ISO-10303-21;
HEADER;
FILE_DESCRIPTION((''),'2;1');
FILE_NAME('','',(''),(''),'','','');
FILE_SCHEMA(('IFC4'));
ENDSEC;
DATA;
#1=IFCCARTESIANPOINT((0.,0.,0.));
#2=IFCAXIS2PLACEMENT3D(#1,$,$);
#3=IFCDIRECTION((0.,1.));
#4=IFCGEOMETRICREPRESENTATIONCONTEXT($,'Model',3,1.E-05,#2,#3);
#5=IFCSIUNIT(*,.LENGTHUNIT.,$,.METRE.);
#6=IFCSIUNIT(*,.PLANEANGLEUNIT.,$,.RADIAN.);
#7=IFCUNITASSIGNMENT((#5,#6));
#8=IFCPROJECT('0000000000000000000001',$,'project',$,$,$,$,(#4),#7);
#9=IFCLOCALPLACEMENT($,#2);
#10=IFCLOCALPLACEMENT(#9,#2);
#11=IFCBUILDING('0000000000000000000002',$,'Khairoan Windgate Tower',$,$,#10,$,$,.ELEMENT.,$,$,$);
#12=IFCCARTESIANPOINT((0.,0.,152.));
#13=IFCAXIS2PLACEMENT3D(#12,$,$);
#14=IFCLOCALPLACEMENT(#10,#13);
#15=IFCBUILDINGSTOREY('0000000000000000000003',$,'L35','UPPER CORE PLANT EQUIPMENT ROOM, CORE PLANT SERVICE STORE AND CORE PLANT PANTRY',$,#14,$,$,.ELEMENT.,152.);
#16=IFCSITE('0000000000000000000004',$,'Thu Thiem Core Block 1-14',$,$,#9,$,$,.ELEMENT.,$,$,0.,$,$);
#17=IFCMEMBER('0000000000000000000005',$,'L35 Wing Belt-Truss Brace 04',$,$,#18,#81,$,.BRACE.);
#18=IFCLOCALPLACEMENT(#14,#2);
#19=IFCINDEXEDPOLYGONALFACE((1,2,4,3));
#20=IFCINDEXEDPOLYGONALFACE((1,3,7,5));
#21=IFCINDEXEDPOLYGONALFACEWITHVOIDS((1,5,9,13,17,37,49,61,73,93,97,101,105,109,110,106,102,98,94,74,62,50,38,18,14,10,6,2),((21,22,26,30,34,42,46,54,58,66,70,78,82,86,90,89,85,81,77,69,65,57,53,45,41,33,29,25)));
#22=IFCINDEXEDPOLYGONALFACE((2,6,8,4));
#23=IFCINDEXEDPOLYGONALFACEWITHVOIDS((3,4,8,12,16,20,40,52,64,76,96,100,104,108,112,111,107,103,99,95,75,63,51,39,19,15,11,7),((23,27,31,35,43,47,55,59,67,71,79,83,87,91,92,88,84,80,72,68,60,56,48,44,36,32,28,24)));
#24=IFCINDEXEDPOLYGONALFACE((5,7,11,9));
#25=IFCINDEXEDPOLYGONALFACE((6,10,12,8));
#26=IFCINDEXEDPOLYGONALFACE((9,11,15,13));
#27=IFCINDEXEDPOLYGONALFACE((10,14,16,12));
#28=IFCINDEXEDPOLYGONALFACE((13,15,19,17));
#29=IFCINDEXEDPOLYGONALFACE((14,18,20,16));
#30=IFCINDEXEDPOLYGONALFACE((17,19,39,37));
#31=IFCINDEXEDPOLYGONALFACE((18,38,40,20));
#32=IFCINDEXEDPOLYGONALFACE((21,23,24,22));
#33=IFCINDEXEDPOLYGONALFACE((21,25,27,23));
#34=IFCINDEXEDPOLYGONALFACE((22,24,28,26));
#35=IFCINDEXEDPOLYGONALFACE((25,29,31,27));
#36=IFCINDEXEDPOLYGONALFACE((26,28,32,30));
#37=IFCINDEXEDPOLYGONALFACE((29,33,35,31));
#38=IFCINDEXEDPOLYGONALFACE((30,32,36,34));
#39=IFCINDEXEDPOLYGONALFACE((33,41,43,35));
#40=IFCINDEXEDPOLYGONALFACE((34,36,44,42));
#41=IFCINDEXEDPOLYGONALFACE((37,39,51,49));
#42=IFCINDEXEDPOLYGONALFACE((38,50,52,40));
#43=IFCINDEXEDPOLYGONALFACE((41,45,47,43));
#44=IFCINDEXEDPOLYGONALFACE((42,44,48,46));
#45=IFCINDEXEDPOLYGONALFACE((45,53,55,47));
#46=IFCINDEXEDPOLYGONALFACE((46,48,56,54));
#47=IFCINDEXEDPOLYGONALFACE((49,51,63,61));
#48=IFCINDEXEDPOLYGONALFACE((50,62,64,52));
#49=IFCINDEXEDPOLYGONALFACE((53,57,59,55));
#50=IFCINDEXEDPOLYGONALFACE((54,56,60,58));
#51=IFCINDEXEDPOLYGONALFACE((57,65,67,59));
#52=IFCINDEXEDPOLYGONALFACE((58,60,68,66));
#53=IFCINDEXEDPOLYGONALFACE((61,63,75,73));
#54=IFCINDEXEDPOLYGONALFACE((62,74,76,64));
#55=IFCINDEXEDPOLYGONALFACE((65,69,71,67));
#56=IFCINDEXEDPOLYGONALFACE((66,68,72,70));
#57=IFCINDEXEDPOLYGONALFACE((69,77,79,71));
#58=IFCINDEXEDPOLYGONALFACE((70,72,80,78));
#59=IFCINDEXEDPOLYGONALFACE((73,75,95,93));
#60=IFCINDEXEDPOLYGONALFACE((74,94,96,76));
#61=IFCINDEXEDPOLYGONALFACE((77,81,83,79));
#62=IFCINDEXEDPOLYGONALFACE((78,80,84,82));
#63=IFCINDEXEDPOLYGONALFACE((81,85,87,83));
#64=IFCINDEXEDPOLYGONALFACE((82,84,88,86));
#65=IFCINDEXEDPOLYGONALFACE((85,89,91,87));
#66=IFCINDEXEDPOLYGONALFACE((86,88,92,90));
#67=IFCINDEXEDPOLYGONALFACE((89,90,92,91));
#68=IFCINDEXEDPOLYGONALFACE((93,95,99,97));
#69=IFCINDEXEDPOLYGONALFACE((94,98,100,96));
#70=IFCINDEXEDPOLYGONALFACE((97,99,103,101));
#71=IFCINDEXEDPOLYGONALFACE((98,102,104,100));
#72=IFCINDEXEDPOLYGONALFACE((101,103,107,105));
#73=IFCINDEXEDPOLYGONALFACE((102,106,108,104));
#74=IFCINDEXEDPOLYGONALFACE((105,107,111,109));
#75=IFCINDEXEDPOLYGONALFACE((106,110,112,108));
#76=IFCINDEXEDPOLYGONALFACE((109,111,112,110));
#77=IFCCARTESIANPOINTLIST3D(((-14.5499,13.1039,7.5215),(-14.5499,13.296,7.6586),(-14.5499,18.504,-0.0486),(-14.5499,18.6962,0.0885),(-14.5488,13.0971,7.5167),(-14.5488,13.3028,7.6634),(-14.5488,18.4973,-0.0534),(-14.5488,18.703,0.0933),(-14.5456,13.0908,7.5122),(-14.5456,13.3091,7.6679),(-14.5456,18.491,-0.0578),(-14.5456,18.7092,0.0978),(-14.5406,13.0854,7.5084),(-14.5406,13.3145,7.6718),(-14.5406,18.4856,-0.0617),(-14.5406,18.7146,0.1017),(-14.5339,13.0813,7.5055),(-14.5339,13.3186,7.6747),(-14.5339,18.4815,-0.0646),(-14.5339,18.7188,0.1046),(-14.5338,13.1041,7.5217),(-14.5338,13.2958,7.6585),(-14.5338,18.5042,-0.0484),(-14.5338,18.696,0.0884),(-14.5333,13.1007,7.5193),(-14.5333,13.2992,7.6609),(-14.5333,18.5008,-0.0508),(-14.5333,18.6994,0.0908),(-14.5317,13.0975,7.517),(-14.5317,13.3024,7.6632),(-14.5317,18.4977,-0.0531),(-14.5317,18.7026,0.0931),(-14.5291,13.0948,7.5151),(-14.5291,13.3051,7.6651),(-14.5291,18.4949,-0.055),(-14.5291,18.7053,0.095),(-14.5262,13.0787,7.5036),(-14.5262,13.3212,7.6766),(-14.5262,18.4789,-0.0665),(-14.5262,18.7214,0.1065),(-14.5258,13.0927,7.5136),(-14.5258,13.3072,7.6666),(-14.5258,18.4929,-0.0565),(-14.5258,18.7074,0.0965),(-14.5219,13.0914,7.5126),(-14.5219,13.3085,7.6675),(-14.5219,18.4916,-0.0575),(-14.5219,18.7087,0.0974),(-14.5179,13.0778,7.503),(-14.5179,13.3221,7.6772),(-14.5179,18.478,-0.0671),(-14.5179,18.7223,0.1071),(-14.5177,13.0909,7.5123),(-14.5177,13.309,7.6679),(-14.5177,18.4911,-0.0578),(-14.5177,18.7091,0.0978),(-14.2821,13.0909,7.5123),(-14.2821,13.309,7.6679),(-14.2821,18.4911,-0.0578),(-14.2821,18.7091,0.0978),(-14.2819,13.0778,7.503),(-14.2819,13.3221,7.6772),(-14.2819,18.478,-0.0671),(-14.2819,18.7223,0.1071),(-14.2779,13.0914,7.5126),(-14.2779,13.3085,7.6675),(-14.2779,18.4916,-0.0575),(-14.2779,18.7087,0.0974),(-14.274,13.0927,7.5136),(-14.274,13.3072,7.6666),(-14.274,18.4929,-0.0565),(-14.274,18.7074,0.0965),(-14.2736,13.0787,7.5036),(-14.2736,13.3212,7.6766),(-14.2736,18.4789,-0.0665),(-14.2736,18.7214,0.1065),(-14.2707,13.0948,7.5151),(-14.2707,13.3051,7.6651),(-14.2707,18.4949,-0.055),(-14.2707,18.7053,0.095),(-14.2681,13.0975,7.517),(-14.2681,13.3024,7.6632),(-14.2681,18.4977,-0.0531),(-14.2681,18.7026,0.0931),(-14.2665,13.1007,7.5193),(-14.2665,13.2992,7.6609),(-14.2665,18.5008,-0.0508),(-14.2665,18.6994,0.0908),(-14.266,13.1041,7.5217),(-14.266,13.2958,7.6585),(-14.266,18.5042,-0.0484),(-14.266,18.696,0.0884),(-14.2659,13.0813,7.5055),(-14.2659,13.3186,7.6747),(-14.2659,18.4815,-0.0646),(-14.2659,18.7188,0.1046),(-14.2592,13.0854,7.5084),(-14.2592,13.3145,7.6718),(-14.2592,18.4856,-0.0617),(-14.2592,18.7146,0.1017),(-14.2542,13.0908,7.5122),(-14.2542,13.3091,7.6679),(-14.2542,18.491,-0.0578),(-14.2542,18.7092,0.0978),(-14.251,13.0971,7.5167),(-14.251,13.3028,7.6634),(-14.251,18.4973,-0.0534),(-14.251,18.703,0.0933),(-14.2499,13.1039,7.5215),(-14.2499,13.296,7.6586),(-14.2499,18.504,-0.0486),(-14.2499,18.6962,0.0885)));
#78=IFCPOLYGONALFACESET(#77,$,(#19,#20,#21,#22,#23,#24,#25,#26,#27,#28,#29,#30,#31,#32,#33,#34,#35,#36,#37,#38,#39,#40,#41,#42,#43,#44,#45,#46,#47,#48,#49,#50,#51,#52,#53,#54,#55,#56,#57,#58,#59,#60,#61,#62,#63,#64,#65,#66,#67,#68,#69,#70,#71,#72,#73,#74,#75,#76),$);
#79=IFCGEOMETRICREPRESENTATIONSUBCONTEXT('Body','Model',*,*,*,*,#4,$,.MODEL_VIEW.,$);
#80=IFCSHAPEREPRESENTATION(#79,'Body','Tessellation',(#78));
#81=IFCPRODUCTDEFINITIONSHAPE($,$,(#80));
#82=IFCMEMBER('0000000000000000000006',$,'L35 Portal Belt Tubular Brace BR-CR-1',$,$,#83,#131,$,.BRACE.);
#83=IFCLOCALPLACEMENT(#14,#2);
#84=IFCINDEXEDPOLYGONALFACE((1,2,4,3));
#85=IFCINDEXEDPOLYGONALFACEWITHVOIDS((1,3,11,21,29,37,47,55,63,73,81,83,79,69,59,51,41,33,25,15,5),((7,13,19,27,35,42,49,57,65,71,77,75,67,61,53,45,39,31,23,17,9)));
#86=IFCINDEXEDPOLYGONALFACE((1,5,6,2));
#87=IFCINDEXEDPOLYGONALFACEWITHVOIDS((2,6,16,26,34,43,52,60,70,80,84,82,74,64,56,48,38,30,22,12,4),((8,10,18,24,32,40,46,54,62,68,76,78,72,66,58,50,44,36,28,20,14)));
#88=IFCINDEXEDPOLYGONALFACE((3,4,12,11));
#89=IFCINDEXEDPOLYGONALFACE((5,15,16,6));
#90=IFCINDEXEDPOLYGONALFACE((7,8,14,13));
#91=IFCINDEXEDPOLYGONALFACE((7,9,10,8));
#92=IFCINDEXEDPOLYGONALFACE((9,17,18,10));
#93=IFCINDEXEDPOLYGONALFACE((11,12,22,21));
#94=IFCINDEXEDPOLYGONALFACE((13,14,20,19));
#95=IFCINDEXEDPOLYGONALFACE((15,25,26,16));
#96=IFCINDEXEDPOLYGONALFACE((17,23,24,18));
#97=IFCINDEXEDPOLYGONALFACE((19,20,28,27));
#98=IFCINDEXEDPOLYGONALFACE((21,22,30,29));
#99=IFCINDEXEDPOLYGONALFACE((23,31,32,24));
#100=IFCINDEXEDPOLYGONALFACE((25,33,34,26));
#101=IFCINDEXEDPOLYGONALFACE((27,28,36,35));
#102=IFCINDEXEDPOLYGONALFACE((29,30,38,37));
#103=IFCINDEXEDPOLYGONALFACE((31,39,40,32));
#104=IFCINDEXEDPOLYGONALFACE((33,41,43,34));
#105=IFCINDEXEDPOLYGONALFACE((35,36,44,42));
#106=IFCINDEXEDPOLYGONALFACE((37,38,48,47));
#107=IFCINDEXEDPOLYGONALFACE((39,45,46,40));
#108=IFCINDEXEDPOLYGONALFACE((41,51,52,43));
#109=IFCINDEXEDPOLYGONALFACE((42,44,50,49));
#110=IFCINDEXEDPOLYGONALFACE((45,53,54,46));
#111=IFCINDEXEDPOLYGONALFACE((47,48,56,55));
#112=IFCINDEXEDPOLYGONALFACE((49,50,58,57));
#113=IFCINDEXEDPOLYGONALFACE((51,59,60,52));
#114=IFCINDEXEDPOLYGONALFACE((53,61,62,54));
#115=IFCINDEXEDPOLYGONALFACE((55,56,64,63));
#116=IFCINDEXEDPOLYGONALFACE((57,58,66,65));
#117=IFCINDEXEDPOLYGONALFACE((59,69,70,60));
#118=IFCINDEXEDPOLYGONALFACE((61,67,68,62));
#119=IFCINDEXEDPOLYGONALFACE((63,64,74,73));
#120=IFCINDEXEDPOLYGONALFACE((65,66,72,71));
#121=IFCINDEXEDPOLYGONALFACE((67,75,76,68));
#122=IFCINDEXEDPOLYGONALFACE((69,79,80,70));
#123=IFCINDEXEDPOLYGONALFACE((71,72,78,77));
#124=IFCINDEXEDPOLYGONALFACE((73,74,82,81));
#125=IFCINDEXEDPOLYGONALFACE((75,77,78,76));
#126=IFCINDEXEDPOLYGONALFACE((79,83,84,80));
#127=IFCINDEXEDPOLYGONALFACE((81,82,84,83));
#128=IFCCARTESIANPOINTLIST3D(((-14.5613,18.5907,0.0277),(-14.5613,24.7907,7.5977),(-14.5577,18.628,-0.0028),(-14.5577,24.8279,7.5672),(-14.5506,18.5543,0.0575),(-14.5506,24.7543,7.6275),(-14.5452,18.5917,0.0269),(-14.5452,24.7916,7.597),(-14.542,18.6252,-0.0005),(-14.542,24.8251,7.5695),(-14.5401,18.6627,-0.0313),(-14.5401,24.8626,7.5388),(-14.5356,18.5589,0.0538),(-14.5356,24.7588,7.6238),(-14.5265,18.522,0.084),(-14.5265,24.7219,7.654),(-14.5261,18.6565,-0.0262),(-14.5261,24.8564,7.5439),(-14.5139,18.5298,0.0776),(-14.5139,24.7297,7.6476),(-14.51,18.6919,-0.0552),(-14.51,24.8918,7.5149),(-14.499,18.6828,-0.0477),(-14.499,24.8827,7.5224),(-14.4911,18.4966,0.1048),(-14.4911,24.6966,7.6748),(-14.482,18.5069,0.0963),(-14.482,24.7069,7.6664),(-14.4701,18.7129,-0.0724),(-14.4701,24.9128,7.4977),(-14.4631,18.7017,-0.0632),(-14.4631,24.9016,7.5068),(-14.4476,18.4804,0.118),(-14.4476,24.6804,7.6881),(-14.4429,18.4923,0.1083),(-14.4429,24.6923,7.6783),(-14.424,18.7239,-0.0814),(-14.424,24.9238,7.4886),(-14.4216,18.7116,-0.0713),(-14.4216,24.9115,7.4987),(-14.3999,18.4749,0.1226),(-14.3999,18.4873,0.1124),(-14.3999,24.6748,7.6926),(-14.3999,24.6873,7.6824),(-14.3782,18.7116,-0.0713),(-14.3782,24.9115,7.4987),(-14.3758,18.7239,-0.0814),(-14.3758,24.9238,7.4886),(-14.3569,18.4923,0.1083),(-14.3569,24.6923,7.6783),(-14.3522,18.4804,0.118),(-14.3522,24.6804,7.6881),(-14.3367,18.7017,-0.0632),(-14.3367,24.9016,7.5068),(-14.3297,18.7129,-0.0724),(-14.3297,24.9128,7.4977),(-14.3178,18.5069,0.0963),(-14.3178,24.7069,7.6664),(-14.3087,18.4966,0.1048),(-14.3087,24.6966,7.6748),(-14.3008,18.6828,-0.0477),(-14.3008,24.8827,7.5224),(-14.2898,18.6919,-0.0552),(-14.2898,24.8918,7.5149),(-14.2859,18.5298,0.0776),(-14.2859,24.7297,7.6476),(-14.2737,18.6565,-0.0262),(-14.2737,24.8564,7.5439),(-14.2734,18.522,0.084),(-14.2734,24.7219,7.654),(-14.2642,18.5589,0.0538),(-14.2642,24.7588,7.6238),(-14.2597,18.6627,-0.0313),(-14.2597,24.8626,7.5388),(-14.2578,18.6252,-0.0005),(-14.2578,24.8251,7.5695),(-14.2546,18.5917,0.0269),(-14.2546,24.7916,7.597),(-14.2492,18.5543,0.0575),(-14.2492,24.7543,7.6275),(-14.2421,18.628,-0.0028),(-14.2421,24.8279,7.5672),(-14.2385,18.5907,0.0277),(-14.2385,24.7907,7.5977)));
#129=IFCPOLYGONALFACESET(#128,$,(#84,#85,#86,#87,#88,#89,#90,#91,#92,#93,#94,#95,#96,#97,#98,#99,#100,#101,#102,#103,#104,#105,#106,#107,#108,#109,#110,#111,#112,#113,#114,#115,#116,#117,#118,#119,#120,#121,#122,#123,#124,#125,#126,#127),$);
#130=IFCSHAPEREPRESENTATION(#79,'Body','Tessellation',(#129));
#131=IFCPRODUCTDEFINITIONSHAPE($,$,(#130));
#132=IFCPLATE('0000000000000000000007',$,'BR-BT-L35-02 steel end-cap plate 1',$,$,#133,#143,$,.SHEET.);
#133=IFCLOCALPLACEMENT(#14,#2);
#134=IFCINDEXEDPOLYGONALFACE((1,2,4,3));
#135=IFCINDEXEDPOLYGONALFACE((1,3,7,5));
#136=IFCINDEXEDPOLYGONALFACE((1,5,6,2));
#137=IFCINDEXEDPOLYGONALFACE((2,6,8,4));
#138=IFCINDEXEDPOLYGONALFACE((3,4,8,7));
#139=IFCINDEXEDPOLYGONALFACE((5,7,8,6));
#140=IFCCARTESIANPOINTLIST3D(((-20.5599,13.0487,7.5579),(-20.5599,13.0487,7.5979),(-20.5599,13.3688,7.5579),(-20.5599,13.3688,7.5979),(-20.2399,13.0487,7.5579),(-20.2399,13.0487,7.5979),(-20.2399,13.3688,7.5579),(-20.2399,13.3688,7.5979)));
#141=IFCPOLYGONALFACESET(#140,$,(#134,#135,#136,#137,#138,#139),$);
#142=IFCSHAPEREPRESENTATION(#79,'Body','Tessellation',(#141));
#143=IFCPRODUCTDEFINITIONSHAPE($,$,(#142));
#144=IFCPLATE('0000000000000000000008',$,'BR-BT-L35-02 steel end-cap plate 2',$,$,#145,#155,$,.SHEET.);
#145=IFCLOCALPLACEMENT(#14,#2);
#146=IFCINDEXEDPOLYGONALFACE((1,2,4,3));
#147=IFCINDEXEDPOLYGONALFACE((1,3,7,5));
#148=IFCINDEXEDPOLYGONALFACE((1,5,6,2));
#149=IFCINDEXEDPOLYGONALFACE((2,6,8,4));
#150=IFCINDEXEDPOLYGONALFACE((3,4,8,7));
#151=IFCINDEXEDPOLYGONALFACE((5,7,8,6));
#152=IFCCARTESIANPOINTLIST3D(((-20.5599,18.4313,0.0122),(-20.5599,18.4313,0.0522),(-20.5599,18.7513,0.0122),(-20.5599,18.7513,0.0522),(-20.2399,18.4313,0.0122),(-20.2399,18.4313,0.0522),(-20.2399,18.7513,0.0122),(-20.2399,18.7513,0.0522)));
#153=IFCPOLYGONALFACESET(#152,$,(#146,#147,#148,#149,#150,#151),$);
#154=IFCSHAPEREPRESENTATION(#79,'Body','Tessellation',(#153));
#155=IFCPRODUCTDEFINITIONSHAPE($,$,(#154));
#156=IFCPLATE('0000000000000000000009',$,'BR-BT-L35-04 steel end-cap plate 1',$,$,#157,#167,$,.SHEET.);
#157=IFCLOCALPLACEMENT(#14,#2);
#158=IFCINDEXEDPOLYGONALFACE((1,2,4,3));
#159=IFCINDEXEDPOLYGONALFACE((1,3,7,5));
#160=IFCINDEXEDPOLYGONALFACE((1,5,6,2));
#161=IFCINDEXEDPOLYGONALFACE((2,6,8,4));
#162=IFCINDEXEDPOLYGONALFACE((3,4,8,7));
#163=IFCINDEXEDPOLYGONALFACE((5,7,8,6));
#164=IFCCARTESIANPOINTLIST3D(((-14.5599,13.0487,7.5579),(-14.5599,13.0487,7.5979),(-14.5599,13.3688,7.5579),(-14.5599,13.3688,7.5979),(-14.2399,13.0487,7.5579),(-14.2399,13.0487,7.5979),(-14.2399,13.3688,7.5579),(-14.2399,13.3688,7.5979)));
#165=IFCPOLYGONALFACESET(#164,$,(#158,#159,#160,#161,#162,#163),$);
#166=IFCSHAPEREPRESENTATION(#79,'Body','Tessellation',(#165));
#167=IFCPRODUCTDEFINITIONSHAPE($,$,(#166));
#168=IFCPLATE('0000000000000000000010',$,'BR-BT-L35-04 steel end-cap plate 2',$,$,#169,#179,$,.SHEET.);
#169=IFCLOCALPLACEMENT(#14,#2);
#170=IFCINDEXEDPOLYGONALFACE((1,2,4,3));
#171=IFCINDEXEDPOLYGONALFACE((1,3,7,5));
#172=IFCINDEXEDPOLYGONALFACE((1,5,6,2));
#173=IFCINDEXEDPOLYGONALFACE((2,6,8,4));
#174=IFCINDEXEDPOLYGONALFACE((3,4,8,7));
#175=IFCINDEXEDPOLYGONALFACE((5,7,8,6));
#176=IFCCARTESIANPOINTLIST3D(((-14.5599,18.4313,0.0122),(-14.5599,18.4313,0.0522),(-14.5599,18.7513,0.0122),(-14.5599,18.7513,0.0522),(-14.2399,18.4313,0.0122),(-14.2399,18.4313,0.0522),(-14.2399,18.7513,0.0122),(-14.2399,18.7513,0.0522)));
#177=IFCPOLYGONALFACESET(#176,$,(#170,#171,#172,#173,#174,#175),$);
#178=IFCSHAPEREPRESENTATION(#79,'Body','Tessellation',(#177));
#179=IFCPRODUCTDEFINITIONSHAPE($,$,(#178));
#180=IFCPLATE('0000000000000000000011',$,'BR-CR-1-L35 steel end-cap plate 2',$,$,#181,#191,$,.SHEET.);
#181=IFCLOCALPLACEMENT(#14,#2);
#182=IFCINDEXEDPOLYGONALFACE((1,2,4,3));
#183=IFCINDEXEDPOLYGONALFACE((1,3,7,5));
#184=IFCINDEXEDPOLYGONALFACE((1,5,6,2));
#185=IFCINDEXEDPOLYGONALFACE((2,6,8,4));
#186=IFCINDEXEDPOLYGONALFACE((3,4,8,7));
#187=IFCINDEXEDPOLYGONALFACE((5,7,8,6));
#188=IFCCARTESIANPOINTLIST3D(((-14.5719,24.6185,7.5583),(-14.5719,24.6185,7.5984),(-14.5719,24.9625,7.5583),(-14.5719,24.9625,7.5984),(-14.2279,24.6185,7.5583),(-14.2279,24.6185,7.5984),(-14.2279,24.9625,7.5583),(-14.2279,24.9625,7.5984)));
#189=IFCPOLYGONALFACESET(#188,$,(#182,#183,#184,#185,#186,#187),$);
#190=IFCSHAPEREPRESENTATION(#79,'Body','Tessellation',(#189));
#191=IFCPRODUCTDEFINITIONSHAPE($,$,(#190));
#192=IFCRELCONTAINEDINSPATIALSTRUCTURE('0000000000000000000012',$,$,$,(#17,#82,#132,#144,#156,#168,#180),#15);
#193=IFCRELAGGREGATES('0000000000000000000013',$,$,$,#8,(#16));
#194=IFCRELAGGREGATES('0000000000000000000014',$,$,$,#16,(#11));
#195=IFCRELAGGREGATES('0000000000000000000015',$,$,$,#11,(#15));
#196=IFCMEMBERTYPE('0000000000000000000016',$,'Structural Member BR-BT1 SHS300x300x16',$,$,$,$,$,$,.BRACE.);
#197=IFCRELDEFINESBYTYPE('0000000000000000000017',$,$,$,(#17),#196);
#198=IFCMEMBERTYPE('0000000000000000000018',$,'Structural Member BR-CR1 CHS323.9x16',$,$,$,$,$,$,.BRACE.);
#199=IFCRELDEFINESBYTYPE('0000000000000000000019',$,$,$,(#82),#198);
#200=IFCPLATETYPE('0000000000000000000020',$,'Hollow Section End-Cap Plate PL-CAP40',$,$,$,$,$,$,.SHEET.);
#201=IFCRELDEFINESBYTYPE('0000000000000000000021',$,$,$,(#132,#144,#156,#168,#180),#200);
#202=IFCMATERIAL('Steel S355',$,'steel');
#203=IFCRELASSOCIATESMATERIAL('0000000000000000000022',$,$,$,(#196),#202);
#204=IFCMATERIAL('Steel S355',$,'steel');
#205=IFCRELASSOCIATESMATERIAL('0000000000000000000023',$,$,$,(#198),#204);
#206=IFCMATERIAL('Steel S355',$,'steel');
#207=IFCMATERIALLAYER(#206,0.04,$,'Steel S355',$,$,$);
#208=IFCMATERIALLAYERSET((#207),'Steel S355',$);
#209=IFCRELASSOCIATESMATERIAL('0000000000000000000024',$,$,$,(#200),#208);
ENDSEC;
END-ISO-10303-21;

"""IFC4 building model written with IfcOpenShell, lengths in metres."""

from ifc_helpers import new_model, si_unit, direction, frame, origin, origin_2d, place, context, subcontext, project, spatial, rectangle, hollow_rectangle, hollow_circle, extrude, material, layer, layer_set, material_profile, profile_set, type_object, element, save


model = new_model("IFC4")

# Units and contexts
model_context = context("Model", 3, precision=1e-05, world=origin(), true_north=direction((0.0, 1.0)))
body_context = subcontext(model_context, "Body", "Model", "MODEL_VIEW")
ifc_project = project(units=[si_unit("LENGTHUNIT", "METRE"), si_unit("PLANEANGLEUNIT", "RADIAN")], contexts=[model_context])

# Site, building, storey
site_placement = place(None, origin())
site = spatial("IfcSite", under=ifc_project, at=site_placement, Name="Thu Thiem Core Block 1-14", CompositionType="ELEMENT", RefElevation=0.0)
building_placement = place(site_placement, origin())
building = spatial("IfcBuilding", under=site, at=building_placement, Name="Khairoan Windgate Tower", CompositionType="ELEMENT")
storey_placement = place(building_placement, frame((0.0, 0.0, 152.0)))
storey = spatial("IfcBuildingStorey", under=building, at=storey_placement, Name="L35", Description="UPPER CORE PLANT EQUIPMENT ROOM, CORE PLANT SERVICE STORE AND CORE PLANT PANTRY", CompositionType="ELEMENT", Elevation=152.0)

# Members
ifc_material_1 = material(Name="Steel S355", Category="steel")
ifc_material_profile_1 = material_profile(ifc_material_1, hollow_rectangle(XDim=0.3, YDim=0.3, WallThickness=0.0161, InnerFilletRadius=0.0161, OuterFilletRadius=0.032, at=origin_2d()))
ifc_profile_set_1 = profile_set([ifc_material_profile_1], Name="Steel S355")
member_type_1 = type_object("IfcMemberType", Name="Structural Member BR-BT1 SHS300x300x16", PredefinedType="BRACE", material=ifc_profile_set_1)
for number, where, z_axis, x_axis, name in (
    (1, (-14.3999, 13.2, 7.5901), (0.0, 0.580736, -0.814092), (0.0, 0.814092, 0.580736), "L35 Wing Belt-Truss Brace 04"),
):
    element("IfcMember", number, at=place(storey_placement, frame(where, z_axis=z_axis, x_axis=x_axis)), inside=storey, type_object=member_type_1, Name=name, PredefinedType="BRACE", context=body_context, shape_type="SweptSolid", body=[
        extrude(hollow_rectangle(XDim=0.3, YDim=0.3, WallThickness=0.0161, InnerFilletRadius=0.0161, OuterFilletRadius=0.032, at=origin_2d()), origin(), (0.0, 0.0, 1.0), 9.2988),
    ])
ifc_material_2 = material(Name="Steel S355", Category="steel")
ifc_material_profile_2 = material_profile(ifc_material_2, hollow_circle(Radius=0.1619, WallThickness=0.0161, at=origin_2d()))
ifc_profile_set_2 = profile_set([ifc_material_profile_2], Name="Steel S355")
member_type_2 = type_object("IfcMemberType", Name="Structural Member BR-CR1 CHS323.9x16", PredefinedType="BRACE", material=ifc_profile_set_2)
member_placement = place(storey_placement, frame((-14.3999, 18.6001, 0.02), z_axis=(0.0, 0.633621, 0.773644), x_axis=(0.0, -0.773644, 0.633621)))
element("IfcMember", 2, at=member_placement, inside=storey, type_object=member_type_2, Name="L35 Portal Belt Tubular Brace BR-CR-1", PredefinedType="BRACE", context=body_context, shape_type="SweptSolid", body=[
    extrude(hollow_circle(Radius=0.1619, WallThickness=0.0161, at=origin_2d()), origin(), (0.0, 0.0, 1.0), 9.7849),
])

# Plates
ifc_material_3 = material(Name="Steel S355", Category="steel")
ifc_layer_1 = layer(ifc_material_3, 0.04, Name="Steel S355")
ifc_layer_set_1 = layer_set([ifc_layer_1], Name="Steel S355")
plate_type_1 = type_object("IfcPlateType", Name="Hollow Section End-Cap Plate PL-CAP40", PredefinedType="SHEET", material=ifc_layer_set_1)
for number, where, z_axis, x_axis, name in (
    (3, (-20.3999, 13.2087, 7.5579), (0.0, 0.0, 1.0), (0.0, 1.0, 0.0), "BR-BT-L35-02 steel end-cap plate 1"),
    (4, (-20.3999, 18.5913, 0.0122), (0.0, 0.0, 1.0), (0.0, 1.0, 0.0), "BR-BT-L35-02 steel end-cap plate 2"),
    (5, (-14.3999, 13.2087, 7.5579), (0.0, 0.0, 1.0), (0.0, 1.0, 0.0), "BR-BT-L35-04 steel end-cap plate 1"),
    (6, (-14.3999, 18.5913, 0.0122), (0.0, 0.0, 1.0), (0.0, 1.0, 0.0), "BR-BT-L35-04 steel end-cap plate 2"),
):
    element("IfcPlate", number, at=place(storey_placement, frame(where, z_axis=z_axis, x_axis=x_axis)), inside=storey, type_object=plate_type_1, Name=name, PredefinedType="SHEET", context=body_context, shape_type="SweptSolid", body=[
        extrude(rectangle(XDim=0.3201, YDim=0.3201, at=origin_2d()), origin(), (0.0, 0.0, 1.0), 0.04),
    ])
plate_placement = place(storey_placement, frame((-14.3999, 24.7905, 7.5583), z_axis=(0.0, 0.0, 1.0), x_axis=(0.0, 1.0, 0.0)))
element("IfcPlate", 7, at=plate_placement, inside=storey, type_object=plate_type_1, Name="BR-CR-1-L35 steel end-cap plate 2", PredefinedType="SHEET", context=body_context, shape_type="SweptSolid", body=[
    extrude(rectangle(XDim=0.344, YDim=0.344, at=origin_2d()), origin(), (0.0, 0.0, 1.0), 0.04),
])

save(model, "model.ifc")
